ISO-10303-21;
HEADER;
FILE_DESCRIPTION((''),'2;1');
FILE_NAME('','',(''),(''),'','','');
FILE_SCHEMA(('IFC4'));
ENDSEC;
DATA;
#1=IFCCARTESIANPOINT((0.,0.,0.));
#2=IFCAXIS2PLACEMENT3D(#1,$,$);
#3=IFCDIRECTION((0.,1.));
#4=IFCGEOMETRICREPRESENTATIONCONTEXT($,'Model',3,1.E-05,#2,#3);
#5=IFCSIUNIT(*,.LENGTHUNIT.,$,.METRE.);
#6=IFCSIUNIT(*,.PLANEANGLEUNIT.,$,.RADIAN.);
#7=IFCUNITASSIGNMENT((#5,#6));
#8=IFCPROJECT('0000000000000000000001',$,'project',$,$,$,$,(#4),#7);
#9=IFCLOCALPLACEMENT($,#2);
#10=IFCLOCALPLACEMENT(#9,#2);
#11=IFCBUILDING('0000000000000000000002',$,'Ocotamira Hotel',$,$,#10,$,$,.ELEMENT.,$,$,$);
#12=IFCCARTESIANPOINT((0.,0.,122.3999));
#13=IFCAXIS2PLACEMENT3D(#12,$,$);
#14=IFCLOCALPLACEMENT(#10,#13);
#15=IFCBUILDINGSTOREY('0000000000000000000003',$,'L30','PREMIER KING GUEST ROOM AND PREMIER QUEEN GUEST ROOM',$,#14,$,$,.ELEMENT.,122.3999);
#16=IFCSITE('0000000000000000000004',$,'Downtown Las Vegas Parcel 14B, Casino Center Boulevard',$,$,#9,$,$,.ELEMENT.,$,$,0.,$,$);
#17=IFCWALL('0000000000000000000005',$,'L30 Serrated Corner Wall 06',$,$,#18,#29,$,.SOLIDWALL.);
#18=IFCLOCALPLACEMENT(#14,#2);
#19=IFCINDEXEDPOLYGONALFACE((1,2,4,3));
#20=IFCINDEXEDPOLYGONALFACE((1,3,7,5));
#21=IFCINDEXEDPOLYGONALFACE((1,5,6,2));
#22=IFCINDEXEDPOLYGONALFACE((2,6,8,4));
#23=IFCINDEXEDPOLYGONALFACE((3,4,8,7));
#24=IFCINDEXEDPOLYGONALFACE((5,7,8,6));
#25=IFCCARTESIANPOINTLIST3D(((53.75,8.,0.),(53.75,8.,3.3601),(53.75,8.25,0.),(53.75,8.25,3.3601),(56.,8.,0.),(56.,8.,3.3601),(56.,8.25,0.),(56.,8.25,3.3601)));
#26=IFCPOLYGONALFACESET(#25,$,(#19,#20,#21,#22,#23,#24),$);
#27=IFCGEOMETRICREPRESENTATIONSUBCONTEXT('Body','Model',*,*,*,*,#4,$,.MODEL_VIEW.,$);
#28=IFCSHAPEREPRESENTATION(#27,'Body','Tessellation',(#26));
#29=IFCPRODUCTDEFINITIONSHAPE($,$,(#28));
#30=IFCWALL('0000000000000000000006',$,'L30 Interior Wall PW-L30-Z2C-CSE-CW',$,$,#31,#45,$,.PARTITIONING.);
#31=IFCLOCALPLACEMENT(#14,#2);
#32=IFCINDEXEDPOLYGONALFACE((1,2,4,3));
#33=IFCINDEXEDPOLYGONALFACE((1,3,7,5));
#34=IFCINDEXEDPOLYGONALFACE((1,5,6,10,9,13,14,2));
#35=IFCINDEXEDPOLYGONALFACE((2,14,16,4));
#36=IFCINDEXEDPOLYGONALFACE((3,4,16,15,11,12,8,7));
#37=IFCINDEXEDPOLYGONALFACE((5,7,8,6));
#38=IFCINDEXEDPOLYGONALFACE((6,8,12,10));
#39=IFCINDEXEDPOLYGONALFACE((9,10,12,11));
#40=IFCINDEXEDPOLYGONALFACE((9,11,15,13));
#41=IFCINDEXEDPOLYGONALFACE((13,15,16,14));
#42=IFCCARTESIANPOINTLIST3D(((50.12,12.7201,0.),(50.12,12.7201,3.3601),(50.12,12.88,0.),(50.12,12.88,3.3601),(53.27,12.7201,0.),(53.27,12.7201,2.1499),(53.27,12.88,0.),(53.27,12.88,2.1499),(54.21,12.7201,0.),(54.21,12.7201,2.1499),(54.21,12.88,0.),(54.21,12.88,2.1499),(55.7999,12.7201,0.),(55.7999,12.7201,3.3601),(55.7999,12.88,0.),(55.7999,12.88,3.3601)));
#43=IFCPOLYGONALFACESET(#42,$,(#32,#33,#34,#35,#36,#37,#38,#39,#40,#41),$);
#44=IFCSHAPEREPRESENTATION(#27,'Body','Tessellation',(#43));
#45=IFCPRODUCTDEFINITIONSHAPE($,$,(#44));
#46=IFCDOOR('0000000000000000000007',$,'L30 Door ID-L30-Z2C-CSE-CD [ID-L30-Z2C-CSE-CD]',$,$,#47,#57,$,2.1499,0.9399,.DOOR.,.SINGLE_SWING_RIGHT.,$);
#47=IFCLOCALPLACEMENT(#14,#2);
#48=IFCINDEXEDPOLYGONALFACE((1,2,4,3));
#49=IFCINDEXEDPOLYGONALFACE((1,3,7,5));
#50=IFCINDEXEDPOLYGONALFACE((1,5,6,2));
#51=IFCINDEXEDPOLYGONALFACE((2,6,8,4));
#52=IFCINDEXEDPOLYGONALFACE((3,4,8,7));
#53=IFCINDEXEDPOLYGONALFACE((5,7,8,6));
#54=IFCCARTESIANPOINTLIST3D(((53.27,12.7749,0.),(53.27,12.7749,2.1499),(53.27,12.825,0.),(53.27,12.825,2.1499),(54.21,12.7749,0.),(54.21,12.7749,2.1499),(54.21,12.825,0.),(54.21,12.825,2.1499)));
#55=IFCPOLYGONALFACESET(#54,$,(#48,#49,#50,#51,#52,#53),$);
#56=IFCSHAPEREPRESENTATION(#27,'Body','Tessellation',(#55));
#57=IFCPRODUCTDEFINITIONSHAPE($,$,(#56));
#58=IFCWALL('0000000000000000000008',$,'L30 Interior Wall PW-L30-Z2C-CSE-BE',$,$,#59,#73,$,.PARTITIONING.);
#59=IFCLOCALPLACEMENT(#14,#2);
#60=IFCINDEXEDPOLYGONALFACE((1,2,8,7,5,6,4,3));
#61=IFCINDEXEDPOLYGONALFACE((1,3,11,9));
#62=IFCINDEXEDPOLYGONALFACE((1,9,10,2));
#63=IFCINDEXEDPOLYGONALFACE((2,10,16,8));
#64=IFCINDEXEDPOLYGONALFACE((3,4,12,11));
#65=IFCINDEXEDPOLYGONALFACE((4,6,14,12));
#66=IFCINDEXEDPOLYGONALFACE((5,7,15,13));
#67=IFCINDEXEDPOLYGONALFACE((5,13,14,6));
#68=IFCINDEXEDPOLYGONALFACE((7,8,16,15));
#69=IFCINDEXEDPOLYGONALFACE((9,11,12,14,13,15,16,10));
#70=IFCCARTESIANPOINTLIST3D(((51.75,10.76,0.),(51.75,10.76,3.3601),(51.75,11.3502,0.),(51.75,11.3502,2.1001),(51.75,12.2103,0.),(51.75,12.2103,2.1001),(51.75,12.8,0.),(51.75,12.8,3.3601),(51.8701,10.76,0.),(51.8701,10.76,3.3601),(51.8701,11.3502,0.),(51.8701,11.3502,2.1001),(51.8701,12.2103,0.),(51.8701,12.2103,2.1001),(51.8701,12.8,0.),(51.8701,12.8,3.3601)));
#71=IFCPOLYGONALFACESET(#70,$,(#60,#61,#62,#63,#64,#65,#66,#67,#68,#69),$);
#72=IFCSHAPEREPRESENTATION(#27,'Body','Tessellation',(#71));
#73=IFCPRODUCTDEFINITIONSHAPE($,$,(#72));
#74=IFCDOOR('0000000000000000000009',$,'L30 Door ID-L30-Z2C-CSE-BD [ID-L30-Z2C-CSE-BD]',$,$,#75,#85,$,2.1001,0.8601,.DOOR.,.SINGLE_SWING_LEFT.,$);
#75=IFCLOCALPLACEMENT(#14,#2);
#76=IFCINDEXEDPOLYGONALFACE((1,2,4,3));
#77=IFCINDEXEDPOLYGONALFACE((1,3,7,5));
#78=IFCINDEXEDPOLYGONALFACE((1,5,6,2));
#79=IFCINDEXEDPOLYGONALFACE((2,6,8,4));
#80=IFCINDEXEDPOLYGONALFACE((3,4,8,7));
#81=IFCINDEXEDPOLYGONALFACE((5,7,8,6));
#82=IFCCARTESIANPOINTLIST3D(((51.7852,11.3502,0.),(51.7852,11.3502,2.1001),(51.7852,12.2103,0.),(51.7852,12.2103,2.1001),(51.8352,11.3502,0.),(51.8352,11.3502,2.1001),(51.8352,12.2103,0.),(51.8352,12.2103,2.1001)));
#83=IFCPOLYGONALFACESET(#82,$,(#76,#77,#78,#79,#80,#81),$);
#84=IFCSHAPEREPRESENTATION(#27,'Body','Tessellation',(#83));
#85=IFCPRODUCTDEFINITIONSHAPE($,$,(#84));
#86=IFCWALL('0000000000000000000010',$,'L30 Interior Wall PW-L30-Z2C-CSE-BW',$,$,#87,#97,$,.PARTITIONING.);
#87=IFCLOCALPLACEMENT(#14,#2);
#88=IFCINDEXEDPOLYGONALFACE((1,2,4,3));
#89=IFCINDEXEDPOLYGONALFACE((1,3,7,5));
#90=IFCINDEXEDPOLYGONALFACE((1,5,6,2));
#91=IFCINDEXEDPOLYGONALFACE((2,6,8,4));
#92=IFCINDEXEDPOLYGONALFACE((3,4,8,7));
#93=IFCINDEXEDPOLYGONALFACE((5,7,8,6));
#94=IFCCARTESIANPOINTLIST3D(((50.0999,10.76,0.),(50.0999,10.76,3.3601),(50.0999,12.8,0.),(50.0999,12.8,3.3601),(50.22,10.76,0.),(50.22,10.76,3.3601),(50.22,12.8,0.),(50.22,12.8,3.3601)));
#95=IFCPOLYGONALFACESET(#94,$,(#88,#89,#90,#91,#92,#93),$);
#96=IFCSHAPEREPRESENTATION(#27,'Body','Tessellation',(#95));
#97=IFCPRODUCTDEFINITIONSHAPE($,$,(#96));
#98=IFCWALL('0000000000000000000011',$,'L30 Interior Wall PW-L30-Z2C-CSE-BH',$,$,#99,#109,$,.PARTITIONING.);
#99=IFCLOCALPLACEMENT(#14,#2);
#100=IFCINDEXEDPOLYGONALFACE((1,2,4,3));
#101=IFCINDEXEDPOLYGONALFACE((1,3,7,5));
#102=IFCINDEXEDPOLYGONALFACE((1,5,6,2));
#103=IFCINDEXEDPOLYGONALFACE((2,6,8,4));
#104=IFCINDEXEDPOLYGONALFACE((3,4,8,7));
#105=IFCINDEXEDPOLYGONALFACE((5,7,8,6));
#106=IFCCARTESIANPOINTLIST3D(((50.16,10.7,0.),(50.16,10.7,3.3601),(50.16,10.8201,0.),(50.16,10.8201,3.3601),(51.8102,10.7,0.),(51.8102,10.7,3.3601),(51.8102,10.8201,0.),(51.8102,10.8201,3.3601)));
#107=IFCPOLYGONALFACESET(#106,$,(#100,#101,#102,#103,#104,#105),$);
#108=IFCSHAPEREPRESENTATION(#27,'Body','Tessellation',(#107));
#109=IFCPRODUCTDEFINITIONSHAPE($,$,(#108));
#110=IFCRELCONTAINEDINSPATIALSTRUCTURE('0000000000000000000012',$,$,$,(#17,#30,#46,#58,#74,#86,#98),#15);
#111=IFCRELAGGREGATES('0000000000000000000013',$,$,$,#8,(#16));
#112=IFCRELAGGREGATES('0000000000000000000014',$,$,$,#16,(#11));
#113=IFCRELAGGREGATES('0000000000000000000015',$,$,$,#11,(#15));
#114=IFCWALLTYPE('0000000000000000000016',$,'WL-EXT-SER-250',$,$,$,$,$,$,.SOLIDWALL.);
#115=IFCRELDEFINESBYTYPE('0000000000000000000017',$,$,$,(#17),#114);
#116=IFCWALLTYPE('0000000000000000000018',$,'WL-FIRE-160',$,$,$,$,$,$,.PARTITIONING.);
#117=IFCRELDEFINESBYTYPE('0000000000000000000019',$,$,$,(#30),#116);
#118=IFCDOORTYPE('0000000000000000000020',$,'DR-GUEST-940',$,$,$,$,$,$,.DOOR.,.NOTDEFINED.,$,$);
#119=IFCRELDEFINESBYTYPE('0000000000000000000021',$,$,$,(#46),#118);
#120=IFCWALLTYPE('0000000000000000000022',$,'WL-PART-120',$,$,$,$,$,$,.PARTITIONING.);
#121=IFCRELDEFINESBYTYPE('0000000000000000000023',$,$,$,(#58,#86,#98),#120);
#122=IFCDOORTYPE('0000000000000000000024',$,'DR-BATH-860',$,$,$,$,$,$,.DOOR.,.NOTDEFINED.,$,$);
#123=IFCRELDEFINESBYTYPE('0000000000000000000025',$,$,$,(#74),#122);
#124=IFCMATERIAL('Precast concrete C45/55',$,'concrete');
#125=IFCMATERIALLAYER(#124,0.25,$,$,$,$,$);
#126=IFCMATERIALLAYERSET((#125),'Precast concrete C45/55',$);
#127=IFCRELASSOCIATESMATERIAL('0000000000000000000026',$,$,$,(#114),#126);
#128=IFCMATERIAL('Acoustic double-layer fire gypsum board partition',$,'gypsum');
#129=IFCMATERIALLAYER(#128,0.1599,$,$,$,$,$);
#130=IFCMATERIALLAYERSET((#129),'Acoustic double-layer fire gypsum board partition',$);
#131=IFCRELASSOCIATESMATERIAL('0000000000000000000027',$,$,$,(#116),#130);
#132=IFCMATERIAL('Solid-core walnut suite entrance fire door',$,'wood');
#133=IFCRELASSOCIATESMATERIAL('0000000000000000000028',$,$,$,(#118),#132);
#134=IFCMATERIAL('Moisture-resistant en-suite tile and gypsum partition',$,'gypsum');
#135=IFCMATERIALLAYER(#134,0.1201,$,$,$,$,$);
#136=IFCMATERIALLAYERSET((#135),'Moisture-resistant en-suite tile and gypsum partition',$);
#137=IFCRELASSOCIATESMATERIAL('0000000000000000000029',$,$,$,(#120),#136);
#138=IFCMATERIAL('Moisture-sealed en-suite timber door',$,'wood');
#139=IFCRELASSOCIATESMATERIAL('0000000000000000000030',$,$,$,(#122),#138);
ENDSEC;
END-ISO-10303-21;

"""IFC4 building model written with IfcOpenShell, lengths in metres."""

from ifc_helpers import new_model, si_unit, direction, frame, frame_2d, origin, place, context, subcontext, project, spatial, rectangle, extrude, source, transform, mapped, material, layer, layer_set, type_object, element, fill, save


model = new_model("IFC4")

# Units and contexts
model_context = context("Model", 3, precision=1e-05, world=origin(), true_north=direction((0.0, 1.0)))
body_context = subcontext(model_context, "Body", "Model", "MODEL_VIEW")
ifc_project = project(units=[si_unit("LENGTHUNIT", "METRE"), si_unit("PLANEANGLEUNIT", "RADIAN")], contexts=[model_context])

# Site, building, storey
site_placement = place(None, origin())
site = spatial("IfcSite", under=ifc_project, at=site_placement, Name="Downtown Las Vegas Parcel 14B, Casino Center Boulevard", CompositionType="ELEMENT", RefElevation=0.0)
building_placement = place(site_placement, origin())
building = spatial("IfcBuilding", under=site, at=building_placement, Name="Ocotamira Hotel", CompositionType="ELEMENT")
storey_placement = place(building_placement, frame((0.0, 0.0, 122.3999)))
storey = spatial("IfcBuildingStorey", under=building, at=storey_placement, Name="L30", Description="PREMIER KING GUEST ROOM AND PREMIER QUEEN GUEST ROOM", CompositionType="ELEMENT", Elevation=122.3999)

# Wall
ifc_material_1 = material(Name="Precast concrete C45/55", Category="concrete")
ifc_layer_1 = layer(ifc_material_1, 0.25)
ifc_layer_set_1 = layer_set([ifc_layer_1], Name="Precast concrete C45/55")
wall_type_1 = type_object("IfcWallType", Name="WL-EXT-SER-250", PredefinedType="SOLIDWALL", material=ifc_layer_set_1)
wall_1_placement = place(storey_placement, frame((53.75, 8.125, 0.0), z_axis=(0.0, 0.0, 1.0), x_axis=(1.0, 0.0, 0.0)))
element("IfcWall", 1, at=wall_1_placement, inside=storey, type_object=wall_type_1, Name="L30 Serrated Corner Wall 06", PredefinedType="SOLIDWALL", context=body_context, shape_type="SweptSolid", body=[
    extrude(rectangle(XDim=2.25, YDim=0.25, at=frame_2d((1.125, 0.0))), origin(), (0.0, 0.0, 1.0), 3.3601),
])

# Walls, openings, doors
ifc_material_2 = material(Name="Acoustic double-layer fire gypsum board partition", Category="gypsum")
ifc_layer_2 = layer(ifc_material_2, 0.1599)
ifc_layer_set_2 = layer_set([ifc_layer_2], Name="Acoustic double-layer fire gypsum board partition")
wall_type_2 = type_object("IfcWallType", Name="WL-FIRE-160", PredefinedType="PARTITIONING", material=ifc_layer_set_2)
wall_2_placement = place(storey_placement, frame((50.1201, 12.8, 0.0), z_axis=(0.0, 0.0, 1.0), x_axis=(1.0, 0.0, 0.0)))
wall_2 = element("IfcWall", 2, at=wall_2_placement, inside=storey, type_object=wall_type_2, Name="L30 Interior Wall PW-L30-Z2C-CSE-CW", PredefinedType="PARTITIONING", context=body_context, shape_type="SweptSolid", body=[
    extrude(rectangle(XDim=5.6799, YDim=0.1599, at=frame_2d((2.8398, 0.0))), origin(), (0.0, 0.0, 1.0), 3.3601),
])
opening_1_placement = place(wall_2_placement, frame((3.1499, 0.0, 0.0)))
opening_1 = element("IfcOpeningElement", 3, at=opening_1_placement, cuts=wall_2, PredefinedType="OPENING", context=body_context, shape_type="SweptSolid", body=[
    extrude(rectangle(XDim=0.9399, YDim=2.1499, at=frame_2d((0.47, 1.075))), frame((0.0, 0.0898, 0.0), z_axis=(0.0, -1.0, 0.0), x_axis=(1.0, 0.0, 0.0)), (0.0, 0.0, 1.0), 0.1799),
])
ifc_material_3 = material(Name="Solid-core walnut suite entrance fire door", Category="wood")
door_type_1 = type_object("IfcDoorType", Name="DR-GUEST-940", OperationType="NOTDEFINED", PredefinedType="DOOR", material=ifc_material_3)
shared_shape_1 = source(origin(), body_context, "Body", "SweptSolid", [
    extrude(rectangle(XDim=0.9399, YDim=2.1499, at=frame_2d((0.47, 1.075))), frame((0.0, 0.0249, 0.0), z_axis=(0.0, -1.0, 0.0), x_axis=(1.0, 0.0, 0.0)), (0.0, 0.0, 1.0), 0.05),
])
door_1_placement = place(opening_1_placement, origin())
door_1 = element("IfcDoor", 4, at=door_1_placement, inside=storey, type_object=door_type_1, Name="L30 Door ID-L30-Z2C-CSE-CD [ID-L30-Z2C-CSE-CD]", OperationType="SINGLE_SWING_RIGHT", OverallHeight=2.1499, OverallWidth=0.9399, PredefinedType="DOOR", context=body_context, shape_type="MappedRepresentation", body=[
    mapped(shared_shape_1, transform((0.0, 0.0, 0.0), scale=1.0)),
])
fill(opening_1, door_1)
ifc_material_4 = material(Name="Moisture-resistant en-suite tile and gypsum partition", Category="gypsum")
ifc_layer_3 = layer(ifc_material_4, 0.1201)
ifc_layer_set_3 = layer_set([ifc_layer_3], Name="Moisture-resistant en-suite tile and gypsum partition")
wall_type_3 = type_object("IfcWallType", Name="WL-PART-120", PredefinedType="PARTITIONING", material=ifc_layer_set_3)
wall_3_placement = place(storey_placement, frame((51.8101, 10.76, 0.0), z_axis=(0.0, 0.0, 1.0), x_axis=(0.0, 1.0, 0.0)))
wall_3 = element("IfcWall", 5, at=wall_3_placement, inside=storey, type_object=wall_type_3, Name="L30 Interior Wall PW-L30-Z2C-CSE-BE", PredefinedType="PARTITIONING", context=body_context, shape_type="SweptSolid", body=[
    extrude(rectangle(XDim=2.04, YDim=0.1201, at=frame_2d((1.02, 0.0))), origin(), (0.0, 0.0, 1.0), 3.3601),
])
opening_2_placement = place(wall_3_placement, frame((0.5901, 0.0, 0.0)))
opening_2 = element("IfcOpeningElement", 6, at=opening_2_placement, cuts=wall_3, PredefinedType="OPENING", context=body_context, shape_type="SweptSolid", body=[
    extrude(rectangle(XDim=0.8601, YDim=2.1001, at=frame_2d((0.4302, 1.05))), frame((0.0, 0.0701, 0.0), z_axis=(0.0, -1.0, 0.0), x_axis=(1.0, 0.0, 0.0)), (0.0, 0.0, 1.0), 0.1401),
])
ifc_material_5 = material(Name="Moisture-sealed en-suite timber door", Category="wood")
door_type_2 = type_object("IfcDoorType", Name="DR-BATH-860", OperationType="NOTDEFINED", PredefinedType="DOOR", material=ifc_material_5)
shared_shape_2 = source(origin(), body_context, "Body", "SweptSolid", [
    extrude(rectangle(XDim=0.8601, YDim=2.1001, at=frame_2d((0.4302, 1.05))), frame((0.0, 0.0249, 0.0), z_axis=(0.0, -1.0, 0.0), x_axis=(1.0, 0.0, 0.0)), (0.0, 0.0, 1.0), 0.05),
])
door_2_placement = place(opening_2_placement, origin())
door_2 = element("IfcDoor", 7, at=door_2_placement, inside=storey, type_object=door_type_2, Name="L30 Door ID-L30-Z2C-CSE-BD [ID-L30-Z2C-CSE-BD]", OperationType="SINGLE_SWING_LEFT", OverallHeight=2.1001, OverallWidth=0.8601, PredefinedType="DOOR", context=body_context, shape_type="MappedRepresentation", body=[
    mapped(shared_shape_2, transform((0.0, 0.0, 0.0), scale=1.0)),
])
fill(opening_2, door_2)

# Walls
wall_4_placement = place(storey_placement, frame((50.1599, 10.76, 0.0), z_axis=(0.0, 0.0, 1.0), x_axis=(0.0, 1.0, 0.0)))
element("IfcWall", 8, at=wall_4_placement, inside=storey, type_object=wall_type_3, Name="L30 Interior Wall PW-L30-Z2C-CSE-BW", PredefinedType="PARTITIONING", context=body_context, shape_type="SweptSolid", body=[
    extrude(rectangle(XDim=2.04, YDim=0.1201, at=frame_2d((1.02, 0.0))), origin(), (0.0, 0.0, 1.0), 3.3601),
])
wall_5_placement = place(storey_placement, frame((50.1599, 10.76, 0.0), z_axis=(0.0, 0.0, 1.0), x_axis=(1.0, 0.0, 0.0)))
element("IfcWall", 9, at=wall_5_placement, inside=storey, type_object=wall_type_3, Name="L30 Interior Wall PW-L30-Z2C-CSE-BH", PredefinedType="PARTITIONING", context=body_context, shape_type="SweptSolid", body=[
    extrude(rectangle(XDim=1.6501, YDim=0.1201, at=frame_2d((0.8252, 0.0))), origin(), (0.0, 0.0, 1.0), 3.3601),
])

save(model, "model.ifc")
